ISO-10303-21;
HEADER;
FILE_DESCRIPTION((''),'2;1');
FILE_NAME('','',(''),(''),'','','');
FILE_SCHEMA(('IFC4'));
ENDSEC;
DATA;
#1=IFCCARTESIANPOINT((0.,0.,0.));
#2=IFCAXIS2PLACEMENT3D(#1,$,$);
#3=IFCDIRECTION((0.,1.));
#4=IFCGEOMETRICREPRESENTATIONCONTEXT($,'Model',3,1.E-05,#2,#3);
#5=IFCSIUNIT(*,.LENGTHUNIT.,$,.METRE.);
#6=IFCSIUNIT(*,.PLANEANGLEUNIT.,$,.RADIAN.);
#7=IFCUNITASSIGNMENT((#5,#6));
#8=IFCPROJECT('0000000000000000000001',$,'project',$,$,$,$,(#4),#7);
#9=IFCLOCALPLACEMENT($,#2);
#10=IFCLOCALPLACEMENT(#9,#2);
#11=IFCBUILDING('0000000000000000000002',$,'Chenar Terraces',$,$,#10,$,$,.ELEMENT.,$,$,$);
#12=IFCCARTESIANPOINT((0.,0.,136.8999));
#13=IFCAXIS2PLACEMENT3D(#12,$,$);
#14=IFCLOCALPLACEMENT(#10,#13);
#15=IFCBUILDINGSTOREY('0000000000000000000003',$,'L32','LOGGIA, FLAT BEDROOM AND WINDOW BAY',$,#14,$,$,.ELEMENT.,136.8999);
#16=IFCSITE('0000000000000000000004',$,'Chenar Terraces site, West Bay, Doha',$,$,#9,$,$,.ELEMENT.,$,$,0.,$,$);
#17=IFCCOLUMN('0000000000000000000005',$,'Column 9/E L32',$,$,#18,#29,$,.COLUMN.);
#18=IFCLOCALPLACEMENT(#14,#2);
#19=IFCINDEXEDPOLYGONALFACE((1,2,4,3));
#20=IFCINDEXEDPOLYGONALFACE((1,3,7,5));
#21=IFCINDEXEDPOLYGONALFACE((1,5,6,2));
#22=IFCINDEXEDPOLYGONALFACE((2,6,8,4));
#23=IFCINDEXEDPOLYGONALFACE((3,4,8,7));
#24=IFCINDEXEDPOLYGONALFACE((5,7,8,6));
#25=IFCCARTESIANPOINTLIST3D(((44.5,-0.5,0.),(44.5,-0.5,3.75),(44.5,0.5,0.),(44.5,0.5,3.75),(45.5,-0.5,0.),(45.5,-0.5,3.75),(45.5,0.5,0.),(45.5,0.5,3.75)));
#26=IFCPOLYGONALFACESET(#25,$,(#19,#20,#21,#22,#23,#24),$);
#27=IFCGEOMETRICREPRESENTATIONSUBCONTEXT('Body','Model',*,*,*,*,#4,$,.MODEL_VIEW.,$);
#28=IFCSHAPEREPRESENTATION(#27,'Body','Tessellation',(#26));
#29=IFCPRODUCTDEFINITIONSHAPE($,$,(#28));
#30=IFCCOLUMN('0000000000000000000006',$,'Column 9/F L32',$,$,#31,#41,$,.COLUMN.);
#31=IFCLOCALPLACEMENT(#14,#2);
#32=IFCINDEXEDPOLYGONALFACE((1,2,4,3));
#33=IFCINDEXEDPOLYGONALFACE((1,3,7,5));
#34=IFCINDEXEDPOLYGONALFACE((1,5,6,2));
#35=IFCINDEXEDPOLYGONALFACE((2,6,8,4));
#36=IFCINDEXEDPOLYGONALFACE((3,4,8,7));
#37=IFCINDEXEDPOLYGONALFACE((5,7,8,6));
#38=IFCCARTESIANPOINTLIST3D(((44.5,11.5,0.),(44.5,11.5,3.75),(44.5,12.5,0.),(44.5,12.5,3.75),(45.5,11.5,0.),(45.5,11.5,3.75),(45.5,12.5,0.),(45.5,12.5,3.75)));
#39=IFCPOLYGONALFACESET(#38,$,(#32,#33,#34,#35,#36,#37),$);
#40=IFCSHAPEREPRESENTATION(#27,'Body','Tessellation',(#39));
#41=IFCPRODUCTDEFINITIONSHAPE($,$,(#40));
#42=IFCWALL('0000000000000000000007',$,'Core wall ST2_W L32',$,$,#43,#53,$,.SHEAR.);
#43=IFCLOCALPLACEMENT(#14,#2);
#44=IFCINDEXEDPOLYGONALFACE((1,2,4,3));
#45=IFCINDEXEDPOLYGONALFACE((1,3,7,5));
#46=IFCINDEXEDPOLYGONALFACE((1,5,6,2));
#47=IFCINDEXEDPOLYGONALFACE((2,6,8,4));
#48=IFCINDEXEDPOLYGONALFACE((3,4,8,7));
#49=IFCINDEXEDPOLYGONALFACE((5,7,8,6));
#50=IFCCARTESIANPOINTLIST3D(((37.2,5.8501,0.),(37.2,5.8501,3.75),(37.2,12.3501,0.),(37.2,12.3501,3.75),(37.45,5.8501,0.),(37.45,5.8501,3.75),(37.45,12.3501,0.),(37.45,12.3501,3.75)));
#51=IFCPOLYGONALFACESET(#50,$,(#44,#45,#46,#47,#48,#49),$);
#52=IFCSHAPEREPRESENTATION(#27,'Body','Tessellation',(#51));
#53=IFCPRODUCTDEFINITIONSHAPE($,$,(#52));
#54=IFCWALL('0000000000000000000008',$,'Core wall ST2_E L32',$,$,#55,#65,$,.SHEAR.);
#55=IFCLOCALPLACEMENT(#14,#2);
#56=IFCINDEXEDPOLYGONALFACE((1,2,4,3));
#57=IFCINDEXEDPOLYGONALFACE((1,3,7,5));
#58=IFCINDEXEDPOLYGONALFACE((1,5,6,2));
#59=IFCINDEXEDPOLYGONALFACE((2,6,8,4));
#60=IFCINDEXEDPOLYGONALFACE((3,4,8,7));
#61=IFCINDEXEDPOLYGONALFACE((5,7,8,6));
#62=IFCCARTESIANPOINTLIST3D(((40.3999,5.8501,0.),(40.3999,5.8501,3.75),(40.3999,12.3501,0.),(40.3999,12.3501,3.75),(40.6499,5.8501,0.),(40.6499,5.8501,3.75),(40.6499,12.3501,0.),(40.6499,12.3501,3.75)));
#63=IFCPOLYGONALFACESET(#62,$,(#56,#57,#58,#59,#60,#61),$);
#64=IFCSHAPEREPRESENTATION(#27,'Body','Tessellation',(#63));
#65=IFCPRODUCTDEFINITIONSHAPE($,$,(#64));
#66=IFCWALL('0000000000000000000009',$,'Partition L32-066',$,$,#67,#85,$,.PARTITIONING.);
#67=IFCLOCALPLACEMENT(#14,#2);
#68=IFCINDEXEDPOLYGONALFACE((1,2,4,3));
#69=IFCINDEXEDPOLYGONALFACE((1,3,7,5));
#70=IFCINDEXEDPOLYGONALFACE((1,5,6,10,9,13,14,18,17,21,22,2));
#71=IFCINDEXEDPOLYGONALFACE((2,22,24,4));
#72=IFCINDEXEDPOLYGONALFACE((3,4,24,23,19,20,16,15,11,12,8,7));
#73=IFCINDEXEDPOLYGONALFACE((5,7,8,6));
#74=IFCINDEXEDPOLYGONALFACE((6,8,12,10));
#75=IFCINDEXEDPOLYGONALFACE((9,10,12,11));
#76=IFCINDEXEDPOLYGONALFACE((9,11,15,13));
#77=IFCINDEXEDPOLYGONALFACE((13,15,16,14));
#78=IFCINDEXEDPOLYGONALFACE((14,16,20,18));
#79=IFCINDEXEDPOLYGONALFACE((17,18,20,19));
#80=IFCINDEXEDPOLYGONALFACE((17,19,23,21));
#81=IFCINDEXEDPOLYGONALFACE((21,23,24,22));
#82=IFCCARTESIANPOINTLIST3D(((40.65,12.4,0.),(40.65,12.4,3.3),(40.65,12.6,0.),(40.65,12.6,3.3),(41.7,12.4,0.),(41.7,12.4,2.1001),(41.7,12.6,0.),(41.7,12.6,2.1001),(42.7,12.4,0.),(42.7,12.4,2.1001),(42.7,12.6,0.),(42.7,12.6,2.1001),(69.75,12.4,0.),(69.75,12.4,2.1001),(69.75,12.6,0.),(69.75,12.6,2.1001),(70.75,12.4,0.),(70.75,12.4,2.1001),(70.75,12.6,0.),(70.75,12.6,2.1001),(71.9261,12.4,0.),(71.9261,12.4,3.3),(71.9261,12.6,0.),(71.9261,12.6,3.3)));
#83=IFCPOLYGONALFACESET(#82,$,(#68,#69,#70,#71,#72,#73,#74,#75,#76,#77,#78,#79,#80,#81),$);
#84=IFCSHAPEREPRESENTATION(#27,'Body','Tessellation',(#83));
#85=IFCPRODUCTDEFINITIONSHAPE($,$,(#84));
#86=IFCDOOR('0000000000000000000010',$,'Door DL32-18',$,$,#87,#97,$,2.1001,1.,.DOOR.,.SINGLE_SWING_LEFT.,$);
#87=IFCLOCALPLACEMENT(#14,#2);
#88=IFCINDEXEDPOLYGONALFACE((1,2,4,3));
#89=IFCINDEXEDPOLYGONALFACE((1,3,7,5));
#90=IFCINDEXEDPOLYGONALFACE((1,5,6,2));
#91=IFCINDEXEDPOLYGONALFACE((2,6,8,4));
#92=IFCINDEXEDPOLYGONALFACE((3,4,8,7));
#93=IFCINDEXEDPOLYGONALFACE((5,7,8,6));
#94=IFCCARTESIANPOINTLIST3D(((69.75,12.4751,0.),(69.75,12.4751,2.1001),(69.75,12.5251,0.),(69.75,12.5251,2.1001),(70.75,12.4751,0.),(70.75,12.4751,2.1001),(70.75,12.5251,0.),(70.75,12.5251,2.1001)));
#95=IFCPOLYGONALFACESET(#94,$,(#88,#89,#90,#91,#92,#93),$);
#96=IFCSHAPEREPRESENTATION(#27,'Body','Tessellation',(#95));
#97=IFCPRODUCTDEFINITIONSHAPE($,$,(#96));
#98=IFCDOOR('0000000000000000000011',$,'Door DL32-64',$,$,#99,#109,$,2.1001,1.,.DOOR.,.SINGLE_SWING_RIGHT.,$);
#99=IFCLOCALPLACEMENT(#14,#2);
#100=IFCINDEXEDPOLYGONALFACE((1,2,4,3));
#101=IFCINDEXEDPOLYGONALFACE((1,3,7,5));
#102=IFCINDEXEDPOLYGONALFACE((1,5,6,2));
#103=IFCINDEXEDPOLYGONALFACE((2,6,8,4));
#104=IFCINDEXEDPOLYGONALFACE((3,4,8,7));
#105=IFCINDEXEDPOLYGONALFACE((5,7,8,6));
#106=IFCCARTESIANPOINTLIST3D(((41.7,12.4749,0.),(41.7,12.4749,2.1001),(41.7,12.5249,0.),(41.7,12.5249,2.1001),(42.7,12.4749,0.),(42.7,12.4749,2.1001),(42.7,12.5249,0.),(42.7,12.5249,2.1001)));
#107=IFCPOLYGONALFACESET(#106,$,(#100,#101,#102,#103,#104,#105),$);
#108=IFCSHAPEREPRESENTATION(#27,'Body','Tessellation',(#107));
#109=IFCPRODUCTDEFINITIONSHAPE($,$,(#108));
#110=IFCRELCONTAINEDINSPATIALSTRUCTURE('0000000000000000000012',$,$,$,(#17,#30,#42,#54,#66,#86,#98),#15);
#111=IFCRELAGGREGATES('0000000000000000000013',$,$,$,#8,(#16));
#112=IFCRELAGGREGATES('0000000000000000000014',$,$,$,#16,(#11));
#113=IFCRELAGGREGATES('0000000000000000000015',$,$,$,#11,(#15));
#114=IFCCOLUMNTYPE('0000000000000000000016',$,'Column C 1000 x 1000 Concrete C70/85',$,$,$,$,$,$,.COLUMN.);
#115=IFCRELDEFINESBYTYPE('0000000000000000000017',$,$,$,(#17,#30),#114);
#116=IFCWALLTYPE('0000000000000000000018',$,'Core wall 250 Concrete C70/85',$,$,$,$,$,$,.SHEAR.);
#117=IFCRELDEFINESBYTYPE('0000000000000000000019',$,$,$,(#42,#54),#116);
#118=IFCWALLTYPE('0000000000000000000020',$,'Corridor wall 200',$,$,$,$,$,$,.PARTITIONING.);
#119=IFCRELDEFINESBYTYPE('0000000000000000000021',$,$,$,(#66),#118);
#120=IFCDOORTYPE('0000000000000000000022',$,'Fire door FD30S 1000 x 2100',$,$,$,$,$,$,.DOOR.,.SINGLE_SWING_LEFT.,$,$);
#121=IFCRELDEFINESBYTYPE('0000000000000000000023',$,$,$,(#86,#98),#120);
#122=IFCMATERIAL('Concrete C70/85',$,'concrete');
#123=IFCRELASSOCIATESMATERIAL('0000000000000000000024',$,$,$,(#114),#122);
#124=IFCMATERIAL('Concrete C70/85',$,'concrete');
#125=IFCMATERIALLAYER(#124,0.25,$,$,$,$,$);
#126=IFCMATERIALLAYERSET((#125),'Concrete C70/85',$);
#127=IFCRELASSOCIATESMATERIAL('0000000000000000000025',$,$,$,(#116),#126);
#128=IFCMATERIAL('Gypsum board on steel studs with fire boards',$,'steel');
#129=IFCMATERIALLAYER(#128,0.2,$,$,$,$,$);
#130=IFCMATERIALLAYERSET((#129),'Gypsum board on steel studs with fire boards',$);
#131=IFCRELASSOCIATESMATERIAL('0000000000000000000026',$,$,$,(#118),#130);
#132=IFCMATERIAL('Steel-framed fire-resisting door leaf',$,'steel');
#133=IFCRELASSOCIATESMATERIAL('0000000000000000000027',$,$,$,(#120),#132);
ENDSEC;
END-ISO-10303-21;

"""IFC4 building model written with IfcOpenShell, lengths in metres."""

from ifc_helpers import new_model, si_unit, direction, frame, frame_2d, origin, origin_2d, place, context, subcontext, project, spatial, rectangle, extrude, material, layer, layer_set, material_profile, profile_set, type_object, element, fill, save


model = new_model("IFC4")

# Units and contexts
model_context = context("Model", 3, precision=1e-05, world=origin(), true_north=direction((0.0, 1.0)))
body_context = subcontext(model_context, "Body", "Model", "MODEL_VIEW")
ifc_project = project(units=[si_unit("LENGTHUNIT", "METRE"), si_unit("PLANEANGLEUNIT", "RADIAN")], contexts=[model_context])

# Site, building, storey
site_placement = place(None, origin())
site = spatial("IfcSite", under=ifc_project, at=site_placement, Name="Chenar Terraces site, West Bay, Doha", CompositionType="ELEMENT", RefElevation=0.0)
building_placement = place(site_placement, origin())
building = spatial("IfcBuilding", under=site, at=building_placement, Name="Chenar Terraces", CompositionType="ELEMENT")
storey_placement = place(building_placement, frame((0.0, 0.0, 136.8999)))
storey = spatial("IfcBuildingStorey", under=building, at=storey_placement, Name="L32", Description="LOGGIA, FLAT BEDROOM AND WINDOW BAY", CompositionType="ELEMENT", Elevation=136.8999)

# Columns
ifc_material_1 = material(Name="Concrete C70/85", Category="concrete")
ifc_material_profile = material_profile(ifc_material_1, rectangle(XDim=1.0, YDim=1.0, at=origin_2d()), Name="C 1000 x 1000")
ifc_profile_set = profile_set([ifc_material_profile], Name="Concrete C70/85")
column_type = type_object("IfcColumnType", Name="Column C 1000 x 1000 Concrete C70/85", PredefinedType="COLUMN", material=ifc_profile_set)
for number, where, z_axis, x_axis, name in (
    (1, (45.0, 0.0, 0.0), (0.0, 0.0, 1.0), (1.0, 0.0, 0.0), "Column 9/E L32"),
    (2, (45.0, 12.0, 0.0), (0.0, 0.0, 1.0), (1.0, 0.0, 0.0), "Column 9/F L32"),
):
    element("IfcColumn", number, at=place(storey_placement, frame(where, z_axis=z_axis, x_axis=x_axis)), inside=storey, type_object=column_type, Name=name, PredefinedType="COLUMN", context=body_context, shape_type="SweptSolid", body=[
        extrude(rectangle(XDim=1.0, YDim=1.0, at=origin_2d()), origin(), (0.0, 0.0, 1.0), 3.75),
    ])

# Walls
ifc_material_2 = material(Name="Concrete C70/85", Category="concrete")
ifc_layer_1 = layer(ifc_material_2, 0.25)
ifc_layer_set_1 = layer_set([ifc_layer_1], Name="Concrete C70/85")
wall_type_1 = type_object("IfcWallType", Name="Core wall 250 Concrete C70/85", PredefinedType="SHEAR", material=ifc_layer_set_1)
for number, where, z_axis, x_axis, name in (
    (3, (37.325, 5.8501, 0.0), (0.0, 0.0, 1.0), (0.0, 1.0, 0.0), "Core wall ST2_W L32"),
    (4, (40.5249, 5.8501, 0.0), (0.0, 0.0, 1.0), (0.0, 1.0, 0.0), "Core wall ST2_E L32"),
):
    element("IfcWall", number, at=place(storey_placement, frame(where, z_axis=z_axis, x_axis=x_axis)), inside=storey, type_object=wall_type_1, Name=name, PredefinedType="SHEAR", context=body_context, shape_type="SweptSolid", body=[
        extrude(rectangle(XDim=6.5, YDim=0.25, at=frame_2d((3.25, 0.0))), origin(), (0.0, 0.0, 1.0), 3.75),
    ])

# Wall, openings, doors
ifc_material_3 = material(Name="Gypsum board on steel studs with fire boards", Category="steel")
ifc_layer_2 = layer(ifc_material_3, 0.2)
ifc_layer_set_2 = layer_set([ifc_layer_2], Name="Gypsum board on steel studs with fire boards")
wall_type_2 = type_object("IfcWallType", Name="Corridor wall 200", PredefinedType="PARTITIONING", material=ifc_layer_set_2)
wall_1_placement = place(storey_placement, frame((40.6499, 12.5, 0.0), z_axis=(0.0, 0.0, 1.0), x_axis=(1.0, 0.0, 0.0)))
wall_1 = element("IfcWall", 5, at=wall_1_placement, inside=storey, type_object=wall_type_2, Name="Partition L32-066", PredefinedType="PARTITIONING", context=body_context, shape_type="SweptSolid", body=[
    extrude(rectangle(XDim=31.2761, YDim=0.2, at=frame_2d((15.6382, 0.0))), origin(), (0.0, 0.0, 1.0), 3.3),
])
opening_1_placement = place(wall_1_placement, frame((29.1001, 0.0, 0.0)))
opening_1 = element("IfcOpeningElement", 6, at=opening_1_placement, cuts=wall_1, PredefinedType="OPENING", context=body_context, shape_type="SweptSolid", body=[
    extrude(rectangle(XDim=1.0, YDim=2.1001, at=frame_2d((0.5, 1.05))), frame((0.0, 0.1099, 0.0), z_axis=(0.0, -1.0, 0.0), x_axis=(1.0, 0.0, 0.0)), (0.0, 0.0, 1.0), 0.22),
])
opening_2_placement = place(wall_1_placement, frame((1.05, 0.0, 0.0)))
opening_2 = element("IfcOpeningElement", 7, at=opening_2_placement, cuts=wall_1, PredefinedType="OPENING", context=body_context, shape_type="SweptSolid", body=[
    extrude(rectangle(XDim=1.0, YDim=2.1001, at=frame_2d((0.5, 1.05))), frame((0.0, 0.1099, 0.0), z_axis=(0.0, -1.0, 0.0), x_axis=(1.0, 0.0, 0.0)), (0.0, 0.0, 1.0), 0.22),
])
ifc_material_4 = material(Name="Steel-framed fire-resisting door leaf", Category="steel")
door_type_1 = type_object("IfcDoorType", Name="Fire door FD30S 1000 x 2100", OperationType="SINGLE_SWING_LEFT", PredefinedType="DOOR", material=ifc_material_4)
door_1_placement = place(opening_1_placement, frame((1.0, 0.0, 0.0), z_axis=(0.0, 0.0, 1.0), x_axis=(-1.0, 0.0, 0.0)))
door_1 = element("IfcDoor", 8, at=door_1_placement, inside=storey, type_object=door_type_1, Name="Door DL32-18", OperationType="SINGLE_SWING_LEFT", OverallHeight=2.1001, OverallWidth=1.0, PredefinedType="DOOR", context=body_context, shape_type="SweptSolid", body=[
    extrude(rectangle(XDim=1.0, YDim=2.1001, at=frame_2d((0.5, 1.05))), frame((0.0, 0.0249, 0.0), z_axis=(0.0, -1.0, 0.0), x_axis=(1.0, 0.0, 0.0)), (0.0, 0.0, 1.0), 0.05),
])
fill(opening_1, door_1)
door_2_placement = place(opening_2_placement, origin())
door_2 = element("IfcDoor", 9, at=door_2_placement, inside=storey, type_object=door_type_1, Name="Door DL32-64", OperationType="SINGLE_SWING_RIGHT", OverallHeight=2.1001, OverallWidth=1.0, PredefinedType="DOOR", context=body_context, shape_type="SweptSolid", body=[
    extrude(rectangle(XDim=1.0, YDim=2.1001, at=frame_2d((0.5, 1.05))), frame((0.0, 0.0249, 0.0), z_axis=(0.0, -1.0, 0.0), x_axis=(1.0, 0.0, 0.0)), (0.0, 0.0, 1.0), 0.05),
])
fill(opening_2, door_2)

save(model, "model.ifc")
